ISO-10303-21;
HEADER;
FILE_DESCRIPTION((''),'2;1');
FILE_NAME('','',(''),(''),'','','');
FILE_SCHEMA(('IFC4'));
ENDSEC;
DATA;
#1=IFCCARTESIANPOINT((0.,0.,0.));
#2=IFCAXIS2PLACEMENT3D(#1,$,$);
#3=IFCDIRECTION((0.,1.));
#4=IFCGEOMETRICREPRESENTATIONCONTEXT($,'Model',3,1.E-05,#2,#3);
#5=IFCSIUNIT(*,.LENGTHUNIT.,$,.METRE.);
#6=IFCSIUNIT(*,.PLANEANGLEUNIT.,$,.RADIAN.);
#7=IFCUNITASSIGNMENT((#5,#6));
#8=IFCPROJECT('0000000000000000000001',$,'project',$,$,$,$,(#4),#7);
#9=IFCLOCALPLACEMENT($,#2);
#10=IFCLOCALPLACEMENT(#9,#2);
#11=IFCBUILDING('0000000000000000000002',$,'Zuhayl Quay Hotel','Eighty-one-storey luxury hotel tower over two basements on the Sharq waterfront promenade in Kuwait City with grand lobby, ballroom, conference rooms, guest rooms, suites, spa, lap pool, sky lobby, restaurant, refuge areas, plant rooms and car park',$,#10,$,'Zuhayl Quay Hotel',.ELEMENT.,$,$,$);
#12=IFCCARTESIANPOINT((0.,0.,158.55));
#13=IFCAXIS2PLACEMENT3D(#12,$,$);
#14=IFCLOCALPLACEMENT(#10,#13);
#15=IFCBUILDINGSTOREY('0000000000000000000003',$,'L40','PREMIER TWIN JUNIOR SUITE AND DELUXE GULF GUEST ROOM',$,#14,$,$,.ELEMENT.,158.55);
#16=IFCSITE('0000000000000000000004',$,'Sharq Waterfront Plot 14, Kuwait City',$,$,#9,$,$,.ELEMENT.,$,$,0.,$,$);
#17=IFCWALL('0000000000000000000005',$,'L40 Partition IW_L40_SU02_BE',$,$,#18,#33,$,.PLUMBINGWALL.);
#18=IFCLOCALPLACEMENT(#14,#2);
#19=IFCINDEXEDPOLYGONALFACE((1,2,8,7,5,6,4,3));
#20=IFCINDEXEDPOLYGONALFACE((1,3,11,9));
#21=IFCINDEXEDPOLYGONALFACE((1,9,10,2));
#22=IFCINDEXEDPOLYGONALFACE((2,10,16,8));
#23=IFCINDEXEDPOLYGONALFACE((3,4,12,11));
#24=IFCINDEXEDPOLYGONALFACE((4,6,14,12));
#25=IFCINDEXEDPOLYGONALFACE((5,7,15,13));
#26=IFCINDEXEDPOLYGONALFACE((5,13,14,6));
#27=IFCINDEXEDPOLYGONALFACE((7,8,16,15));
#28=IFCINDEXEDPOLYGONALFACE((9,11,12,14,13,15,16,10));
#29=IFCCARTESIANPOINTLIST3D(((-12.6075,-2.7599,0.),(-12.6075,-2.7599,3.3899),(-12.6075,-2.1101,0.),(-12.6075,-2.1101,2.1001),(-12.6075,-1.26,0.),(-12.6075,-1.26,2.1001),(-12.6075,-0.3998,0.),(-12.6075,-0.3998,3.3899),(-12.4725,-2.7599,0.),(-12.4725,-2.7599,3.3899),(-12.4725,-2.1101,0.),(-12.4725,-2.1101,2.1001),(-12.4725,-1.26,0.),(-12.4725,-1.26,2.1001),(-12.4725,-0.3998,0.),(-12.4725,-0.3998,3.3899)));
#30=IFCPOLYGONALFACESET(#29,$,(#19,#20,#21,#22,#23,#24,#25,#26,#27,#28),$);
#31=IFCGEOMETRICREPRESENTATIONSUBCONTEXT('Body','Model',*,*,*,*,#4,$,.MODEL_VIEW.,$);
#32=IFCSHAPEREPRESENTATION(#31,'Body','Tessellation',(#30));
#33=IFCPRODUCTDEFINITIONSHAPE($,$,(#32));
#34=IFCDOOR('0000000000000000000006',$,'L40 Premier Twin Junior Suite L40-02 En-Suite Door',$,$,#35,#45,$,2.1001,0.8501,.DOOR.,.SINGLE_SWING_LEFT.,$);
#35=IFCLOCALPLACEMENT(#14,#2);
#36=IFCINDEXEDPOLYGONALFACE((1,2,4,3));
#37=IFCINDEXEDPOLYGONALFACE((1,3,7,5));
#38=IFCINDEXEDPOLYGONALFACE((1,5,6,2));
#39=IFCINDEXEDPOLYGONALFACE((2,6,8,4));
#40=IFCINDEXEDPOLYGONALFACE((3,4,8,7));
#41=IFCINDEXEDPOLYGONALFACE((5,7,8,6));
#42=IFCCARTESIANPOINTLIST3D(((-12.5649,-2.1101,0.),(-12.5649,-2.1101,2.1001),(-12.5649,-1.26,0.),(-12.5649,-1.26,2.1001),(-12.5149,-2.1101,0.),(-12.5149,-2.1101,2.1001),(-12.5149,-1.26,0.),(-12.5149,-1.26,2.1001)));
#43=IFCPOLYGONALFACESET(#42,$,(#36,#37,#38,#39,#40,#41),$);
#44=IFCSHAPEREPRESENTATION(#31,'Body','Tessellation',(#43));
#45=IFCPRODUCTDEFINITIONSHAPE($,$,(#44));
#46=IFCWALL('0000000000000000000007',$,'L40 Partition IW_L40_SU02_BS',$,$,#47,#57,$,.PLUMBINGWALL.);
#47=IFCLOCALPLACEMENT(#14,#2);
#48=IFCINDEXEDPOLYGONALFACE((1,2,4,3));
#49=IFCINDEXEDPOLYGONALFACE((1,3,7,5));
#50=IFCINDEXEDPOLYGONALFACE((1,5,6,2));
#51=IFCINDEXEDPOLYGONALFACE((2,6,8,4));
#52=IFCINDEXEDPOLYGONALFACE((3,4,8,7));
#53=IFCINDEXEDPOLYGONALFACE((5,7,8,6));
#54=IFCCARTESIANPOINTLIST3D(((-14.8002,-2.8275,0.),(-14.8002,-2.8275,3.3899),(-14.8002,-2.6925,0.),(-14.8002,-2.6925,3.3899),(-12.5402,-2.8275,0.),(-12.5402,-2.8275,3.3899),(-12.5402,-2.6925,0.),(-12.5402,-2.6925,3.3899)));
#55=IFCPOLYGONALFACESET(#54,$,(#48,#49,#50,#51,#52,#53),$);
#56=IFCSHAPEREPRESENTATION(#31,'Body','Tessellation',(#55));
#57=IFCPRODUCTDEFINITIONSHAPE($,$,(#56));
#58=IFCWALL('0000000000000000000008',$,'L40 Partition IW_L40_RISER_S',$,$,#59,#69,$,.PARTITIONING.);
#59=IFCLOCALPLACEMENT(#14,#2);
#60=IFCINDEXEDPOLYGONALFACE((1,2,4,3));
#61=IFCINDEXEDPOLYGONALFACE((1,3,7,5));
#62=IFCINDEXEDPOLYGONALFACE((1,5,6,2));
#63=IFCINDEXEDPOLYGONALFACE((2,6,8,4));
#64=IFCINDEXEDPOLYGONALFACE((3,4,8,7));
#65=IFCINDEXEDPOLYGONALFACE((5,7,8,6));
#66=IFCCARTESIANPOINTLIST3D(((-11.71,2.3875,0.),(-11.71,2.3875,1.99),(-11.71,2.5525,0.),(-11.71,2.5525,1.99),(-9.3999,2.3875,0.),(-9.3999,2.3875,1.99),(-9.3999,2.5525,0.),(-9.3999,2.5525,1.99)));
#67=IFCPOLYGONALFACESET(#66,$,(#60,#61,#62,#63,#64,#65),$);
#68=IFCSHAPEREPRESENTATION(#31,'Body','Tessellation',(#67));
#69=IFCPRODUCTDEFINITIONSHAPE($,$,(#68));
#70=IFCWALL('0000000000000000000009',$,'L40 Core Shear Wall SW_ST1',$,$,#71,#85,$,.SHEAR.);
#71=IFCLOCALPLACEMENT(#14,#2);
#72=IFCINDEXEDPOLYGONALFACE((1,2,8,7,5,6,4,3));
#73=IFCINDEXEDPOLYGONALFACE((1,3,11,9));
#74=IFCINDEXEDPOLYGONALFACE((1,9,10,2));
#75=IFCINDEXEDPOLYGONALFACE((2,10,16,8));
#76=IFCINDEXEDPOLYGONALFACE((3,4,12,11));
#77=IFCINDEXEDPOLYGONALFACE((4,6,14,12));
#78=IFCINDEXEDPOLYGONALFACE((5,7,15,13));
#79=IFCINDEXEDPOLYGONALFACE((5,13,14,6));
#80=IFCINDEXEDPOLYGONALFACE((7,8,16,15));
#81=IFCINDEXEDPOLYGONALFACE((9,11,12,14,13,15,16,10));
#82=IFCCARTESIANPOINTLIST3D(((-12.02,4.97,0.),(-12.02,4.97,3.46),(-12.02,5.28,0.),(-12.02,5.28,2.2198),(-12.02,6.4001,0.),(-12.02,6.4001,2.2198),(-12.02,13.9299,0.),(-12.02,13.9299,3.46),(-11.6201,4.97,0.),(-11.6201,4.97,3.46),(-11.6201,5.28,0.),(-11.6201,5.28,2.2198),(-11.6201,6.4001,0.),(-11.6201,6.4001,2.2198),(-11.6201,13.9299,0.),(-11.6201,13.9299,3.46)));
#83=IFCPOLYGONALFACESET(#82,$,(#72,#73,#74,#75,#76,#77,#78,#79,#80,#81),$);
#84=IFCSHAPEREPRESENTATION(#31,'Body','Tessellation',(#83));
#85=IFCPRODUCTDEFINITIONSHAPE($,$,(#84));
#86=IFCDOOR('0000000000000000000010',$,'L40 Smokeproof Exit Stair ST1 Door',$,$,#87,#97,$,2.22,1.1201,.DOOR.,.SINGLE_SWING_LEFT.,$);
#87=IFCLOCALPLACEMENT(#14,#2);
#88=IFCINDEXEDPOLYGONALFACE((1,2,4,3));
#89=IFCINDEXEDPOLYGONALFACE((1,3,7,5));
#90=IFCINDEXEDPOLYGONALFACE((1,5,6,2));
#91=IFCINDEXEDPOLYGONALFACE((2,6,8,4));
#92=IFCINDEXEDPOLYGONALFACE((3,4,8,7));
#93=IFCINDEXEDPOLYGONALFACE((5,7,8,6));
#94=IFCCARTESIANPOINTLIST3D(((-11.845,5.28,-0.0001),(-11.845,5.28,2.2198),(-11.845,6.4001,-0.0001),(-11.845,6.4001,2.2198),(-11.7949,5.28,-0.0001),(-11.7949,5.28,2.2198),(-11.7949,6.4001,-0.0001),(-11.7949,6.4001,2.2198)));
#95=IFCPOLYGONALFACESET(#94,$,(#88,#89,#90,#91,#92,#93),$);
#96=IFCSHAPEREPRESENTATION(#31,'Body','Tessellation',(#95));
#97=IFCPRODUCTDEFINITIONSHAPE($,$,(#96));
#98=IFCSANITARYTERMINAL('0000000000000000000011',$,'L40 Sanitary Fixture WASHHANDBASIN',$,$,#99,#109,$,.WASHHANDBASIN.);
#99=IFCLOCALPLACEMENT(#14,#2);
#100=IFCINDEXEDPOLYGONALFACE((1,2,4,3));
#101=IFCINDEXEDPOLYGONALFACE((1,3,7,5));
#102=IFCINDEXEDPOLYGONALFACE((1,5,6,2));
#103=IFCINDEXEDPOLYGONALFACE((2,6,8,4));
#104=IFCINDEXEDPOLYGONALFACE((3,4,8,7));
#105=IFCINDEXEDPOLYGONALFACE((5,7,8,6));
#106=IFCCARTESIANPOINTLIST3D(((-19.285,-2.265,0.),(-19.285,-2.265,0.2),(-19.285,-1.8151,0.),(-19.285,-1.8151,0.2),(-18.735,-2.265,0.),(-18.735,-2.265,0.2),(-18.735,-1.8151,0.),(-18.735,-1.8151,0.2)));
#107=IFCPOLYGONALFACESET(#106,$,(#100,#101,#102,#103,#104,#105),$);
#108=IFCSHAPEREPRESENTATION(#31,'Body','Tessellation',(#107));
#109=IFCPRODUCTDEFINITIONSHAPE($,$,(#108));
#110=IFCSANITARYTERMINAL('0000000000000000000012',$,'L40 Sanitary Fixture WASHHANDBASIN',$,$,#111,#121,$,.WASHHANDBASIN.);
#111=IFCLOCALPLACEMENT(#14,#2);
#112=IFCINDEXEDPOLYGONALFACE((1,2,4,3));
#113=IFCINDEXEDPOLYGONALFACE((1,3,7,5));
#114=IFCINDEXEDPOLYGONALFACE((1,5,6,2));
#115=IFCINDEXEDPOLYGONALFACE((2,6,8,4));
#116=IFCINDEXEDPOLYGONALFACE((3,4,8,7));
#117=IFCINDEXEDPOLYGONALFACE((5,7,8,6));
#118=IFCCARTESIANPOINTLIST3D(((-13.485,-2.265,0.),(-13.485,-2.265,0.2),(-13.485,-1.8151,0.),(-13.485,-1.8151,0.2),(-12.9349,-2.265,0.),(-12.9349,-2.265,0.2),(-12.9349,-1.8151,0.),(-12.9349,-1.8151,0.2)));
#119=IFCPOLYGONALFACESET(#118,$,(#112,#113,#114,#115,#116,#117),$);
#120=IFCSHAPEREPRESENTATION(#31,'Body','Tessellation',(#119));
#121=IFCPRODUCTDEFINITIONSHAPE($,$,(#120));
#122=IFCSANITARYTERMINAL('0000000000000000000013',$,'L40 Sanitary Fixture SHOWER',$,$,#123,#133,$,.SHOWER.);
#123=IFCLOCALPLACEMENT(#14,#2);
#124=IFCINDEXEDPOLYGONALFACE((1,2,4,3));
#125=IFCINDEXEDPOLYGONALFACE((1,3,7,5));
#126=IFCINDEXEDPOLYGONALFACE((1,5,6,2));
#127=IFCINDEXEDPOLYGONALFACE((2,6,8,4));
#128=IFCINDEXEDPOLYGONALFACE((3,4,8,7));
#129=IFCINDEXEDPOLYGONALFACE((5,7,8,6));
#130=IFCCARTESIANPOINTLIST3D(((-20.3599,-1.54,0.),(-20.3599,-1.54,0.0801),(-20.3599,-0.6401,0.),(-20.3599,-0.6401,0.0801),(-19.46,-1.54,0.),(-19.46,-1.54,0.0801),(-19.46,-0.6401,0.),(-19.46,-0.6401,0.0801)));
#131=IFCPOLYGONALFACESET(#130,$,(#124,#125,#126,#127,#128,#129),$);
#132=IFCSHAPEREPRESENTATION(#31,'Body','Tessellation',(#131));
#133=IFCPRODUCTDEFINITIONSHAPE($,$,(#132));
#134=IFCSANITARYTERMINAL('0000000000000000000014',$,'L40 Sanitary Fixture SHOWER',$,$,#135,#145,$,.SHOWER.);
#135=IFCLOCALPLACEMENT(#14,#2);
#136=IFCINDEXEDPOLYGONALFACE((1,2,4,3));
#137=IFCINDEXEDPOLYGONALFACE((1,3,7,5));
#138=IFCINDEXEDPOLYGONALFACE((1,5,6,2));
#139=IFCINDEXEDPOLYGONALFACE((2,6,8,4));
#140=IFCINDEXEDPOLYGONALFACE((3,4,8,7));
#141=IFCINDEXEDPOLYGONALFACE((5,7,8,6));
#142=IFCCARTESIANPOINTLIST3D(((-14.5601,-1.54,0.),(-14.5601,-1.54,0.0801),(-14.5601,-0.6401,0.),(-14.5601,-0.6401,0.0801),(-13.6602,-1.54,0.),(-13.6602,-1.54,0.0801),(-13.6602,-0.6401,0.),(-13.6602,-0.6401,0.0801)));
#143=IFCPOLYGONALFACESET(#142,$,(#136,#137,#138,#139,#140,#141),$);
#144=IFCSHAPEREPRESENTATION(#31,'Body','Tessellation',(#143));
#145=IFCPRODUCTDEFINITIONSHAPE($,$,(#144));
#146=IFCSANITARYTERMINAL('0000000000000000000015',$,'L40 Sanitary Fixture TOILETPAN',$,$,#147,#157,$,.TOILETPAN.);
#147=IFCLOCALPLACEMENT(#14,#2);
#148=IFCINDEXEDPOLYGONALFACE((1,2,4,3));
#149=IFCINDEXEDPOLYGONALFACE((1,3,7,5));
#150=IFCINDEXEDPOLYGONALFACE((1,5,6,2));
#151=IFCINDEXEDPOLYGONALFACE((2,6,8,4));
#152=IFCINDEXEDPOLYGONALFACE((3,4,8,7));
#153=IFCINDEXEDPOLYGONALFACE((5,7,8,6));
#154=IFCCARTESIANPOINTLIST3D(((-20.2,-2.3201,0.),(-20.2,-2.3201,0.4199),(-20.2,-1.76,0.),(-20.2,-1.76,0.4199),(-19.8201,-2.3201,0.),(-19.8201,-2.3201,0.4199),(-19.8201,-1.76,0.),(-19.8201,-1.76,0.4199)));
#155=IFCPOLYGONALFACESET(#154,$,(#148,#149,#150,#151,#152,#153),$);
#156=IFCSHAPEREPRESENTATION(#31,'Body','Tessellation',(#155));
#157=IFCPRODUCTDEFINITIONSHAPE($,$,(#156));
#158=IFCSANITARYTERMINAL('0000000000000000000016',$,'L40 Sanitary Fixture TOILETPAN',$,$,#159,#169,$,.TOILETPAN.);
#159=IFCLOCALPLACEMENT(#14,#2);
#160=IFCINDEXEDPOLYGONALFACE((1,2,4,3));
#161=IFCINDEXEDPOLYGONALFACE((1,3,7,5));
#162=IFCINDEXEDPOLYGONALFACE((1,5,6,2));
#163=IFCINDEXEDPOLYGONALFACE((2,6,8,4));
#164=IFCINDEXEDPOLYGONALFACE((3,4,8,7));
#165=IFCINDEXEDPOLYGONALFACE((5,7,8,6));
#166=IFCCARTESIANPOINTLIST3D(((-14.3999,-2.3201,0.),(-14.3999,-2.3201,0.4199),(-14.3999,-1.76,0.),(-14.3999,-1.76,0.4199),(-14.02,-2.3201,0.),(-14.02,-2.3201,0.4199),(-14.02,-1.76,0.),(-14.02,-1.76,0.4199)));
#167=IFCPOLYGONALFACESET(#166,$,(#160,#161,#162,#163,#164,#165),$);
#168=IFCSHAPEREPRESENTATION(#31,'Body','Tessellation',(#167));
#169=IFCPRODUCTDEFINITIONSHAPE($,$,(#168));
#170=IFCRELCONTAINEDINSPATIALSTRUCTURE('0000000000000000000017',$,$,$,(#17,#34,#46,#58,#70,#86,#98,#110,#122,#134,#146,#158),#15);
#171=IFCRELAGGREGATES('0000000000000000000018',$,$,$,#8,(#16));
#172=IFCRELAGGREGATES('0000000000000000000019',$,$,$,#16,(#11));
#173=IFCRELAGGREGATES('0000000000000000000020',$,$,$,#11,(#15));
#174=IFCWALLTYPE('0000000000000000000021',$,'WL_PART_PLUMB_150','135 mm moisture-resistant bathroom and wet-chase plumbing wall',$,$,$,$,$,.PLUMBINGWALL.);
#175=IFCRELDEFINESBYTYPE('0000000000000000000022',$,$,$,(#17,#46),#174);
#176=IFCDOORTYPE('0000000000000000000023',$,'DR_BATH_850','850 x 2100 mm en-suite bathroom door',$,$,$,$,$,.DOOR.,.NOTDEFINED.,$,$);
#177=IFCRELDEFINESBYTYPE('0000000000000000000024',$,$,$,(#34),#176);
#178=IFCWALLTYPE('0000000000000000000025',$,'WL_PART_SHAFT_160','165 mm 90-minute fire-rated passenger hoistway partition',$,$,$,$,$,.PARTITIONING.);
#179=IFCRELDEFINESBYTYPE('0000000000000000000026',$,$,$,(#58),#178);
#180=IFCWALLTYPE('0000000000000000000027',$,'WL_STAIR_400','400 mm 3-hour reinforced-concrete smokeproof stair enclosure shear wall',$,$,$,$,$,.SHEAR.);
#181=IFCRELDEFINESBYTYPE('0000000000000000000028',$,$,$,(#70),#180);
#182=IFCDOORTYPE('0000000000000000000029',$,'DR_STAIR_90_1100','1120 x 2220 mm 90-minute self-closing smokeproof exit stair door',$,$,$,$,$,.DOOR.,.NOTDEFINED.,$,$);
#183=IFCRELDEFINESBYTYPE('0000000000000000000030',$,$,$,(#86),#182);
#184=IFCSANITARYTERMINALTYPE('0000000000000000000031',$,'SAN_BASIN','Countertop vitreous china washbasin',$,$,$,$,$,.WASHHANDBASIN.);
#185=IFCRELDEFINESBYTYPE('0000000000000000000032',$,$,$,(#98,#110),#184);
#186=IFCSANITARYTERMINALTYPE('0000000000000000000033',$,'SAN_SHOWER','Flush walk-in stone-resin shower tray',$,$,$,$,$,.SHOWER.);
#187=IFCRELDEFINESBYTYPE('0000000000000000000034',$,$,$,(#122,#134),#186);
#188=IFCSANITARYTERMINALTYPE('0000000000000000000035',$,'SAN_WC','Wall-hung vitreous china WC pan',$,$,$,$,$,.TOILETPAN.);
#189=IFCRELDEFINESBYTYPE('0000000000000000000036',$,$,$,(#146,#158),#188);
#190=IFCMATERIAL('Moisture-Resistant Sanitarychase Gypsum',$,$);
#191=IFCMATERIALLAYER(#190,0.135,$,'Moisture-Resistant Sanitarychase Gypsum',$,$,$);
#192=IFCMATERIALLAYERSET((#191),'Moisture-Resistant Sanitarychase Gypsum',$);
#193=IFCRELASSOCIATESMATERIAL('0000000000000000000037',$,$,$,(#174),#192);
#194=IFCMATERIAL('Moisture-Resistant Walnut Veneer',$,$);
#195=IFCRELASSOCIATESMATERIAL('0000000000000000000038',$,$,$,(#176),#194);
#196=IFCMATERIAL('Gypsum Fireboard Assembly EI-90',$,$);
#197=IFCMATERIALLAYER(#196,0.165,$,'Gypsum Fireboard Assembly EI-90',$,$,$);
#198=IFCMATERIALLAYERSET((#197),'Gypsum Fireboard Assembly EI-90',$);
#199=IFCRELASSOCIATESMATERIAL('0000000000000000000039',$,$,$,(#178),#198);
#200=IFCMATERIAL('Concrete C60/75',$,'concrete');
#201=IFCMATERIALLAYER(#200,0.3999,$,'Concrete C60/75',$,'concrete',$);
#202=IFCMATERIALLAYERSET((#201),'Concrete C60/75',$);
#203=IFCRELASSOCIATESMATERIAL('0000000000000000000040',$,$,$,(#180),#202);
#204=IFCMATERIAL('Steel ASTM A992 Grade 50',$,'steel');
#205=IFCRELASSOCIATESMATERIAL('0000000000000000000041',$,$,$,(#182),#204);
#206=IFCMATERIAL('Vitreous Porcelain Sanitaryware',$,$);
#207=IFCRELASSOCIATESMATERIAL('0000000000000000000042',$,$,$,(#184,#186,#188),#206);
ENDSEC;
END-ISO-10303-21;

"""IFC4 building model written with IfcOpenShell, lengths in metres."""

from ifc_helpers import new_model, si_unit, direction, frame, frame_2d, origin, origin_2d, place, context, subcontext, project, spatial, rectangle, extrude, material, layer, layer_set, type_object, element, fill, save


model = new_model("IFC4")

# Units and contexts
model_context = context("Model", 3, precision=1e-05, world=origin(), true_north=direction((0.0, 1.0)))
body_context = subcontext(model_context, "Body", "Model", "MODEL_VIEW")
ifc_project = project(units=[si_unit("LENGTHUNIT", "METRE"), si_unit("PLANEANGLEUNIT", "RADIAN")], contexts=[model_context])

# Site, building, storey
site_placement = place(None, origin())
site = spatial("IfcSite", under=ifc_project, at=site_placement, Name="Sharq Waterfront Plot 14, Kuwait City", CompositionType="ELEMENT", RefElevation=0.0)
building_placement = place(site_placement, origin())
building = spatial("IfcBuilding", under=site, at=building_placement, Name="Zuhayl Quay Hotel", Description="Eighty-one-storey luxury hotel tower over two basements on the Sharq waterfront promenade in Kuwait City with grand lobby, ballroom, conference rooms, guest rooms, suites, spa, lap pool, sky lobby, restaurant, refuge areas, plant rooms and car park", LongName="Zuhayl Quay Hotel", CompositionType="ELEMENT")
storey_placement = place(building_placement, frame((0.0, 0.0, 158.55)))
storey = spatial("IfcBuildingStorey", under=building, at=storey_placement, Name="L40", Description="PREMIER TWIN JUNIOR SUITE AND DELUXE GULF GUEST ROOM", CompositionType="ELEMENT", Elevation=158.55)

# Shared definitions
ifc_material_1 = material(Name="Steel ASTM A992 Grade 50", Category="steel")

# Shared definitions
ifc_material_2 = material(Name="Concrete C60/75", Category="concrete")

# Wall, opening, door
ifc_material_3 = material(Name="Moisture-Resistant Sanitarychase Gypsum")
ifc_layer_1 = layer(ifc_material_3, 0.135, Name="Moisture-Resistant Sanitarychase Gypsum")
ifc_layer_set_1 = layer_set([ifc_layer_1], Name="Moisture-Resistant Sanitarychase Gypsum")
wall_type_1 = type_object("IfcWallType", Name="WL_PART_PLUMB_150", Description="135 mm moisture-resistant bathroom and wet-chase plumbing wall", PredefinedType="PLUMBINGWALL", material=ifc_layer_set_1)
wall_1_placement = place(storey_placement, frame((-12.54, -2.76, 0.0), z_axis=(0.0, 0.0, 1.0), x_axis=(0.0, 1.0, 0.0)))
wall_1 = element("IfcWall", 1, at=wall_1_placement, inside=storey, type_object=wall_type_1, Name="L40 Partition IW_L40_SU02_BE", PredefinedType="PLUMBINGWALL", context=body_context, shape_type="SweptSolid", body=[
    extrude(rectangle(XDim=2.3601, YDim=0.135, at=frame_2d((1.1802, 0.0))), origin(), (0.0, 0.0, 1.0), 3.3899),
])
opening_1_placement = place(wall_1_placement, frame((0.6499, 0.0, 0.0)))
opening_1 = element("IfcOpeningElement", 2, at=opening_1_placement, cuts=wall_1, PredefinedType="OPENING", context=body_context, shape_type="SweptSolid", body=[
    extrude(rectangle(XDim=0.8501, YDim=2.1001, at=frame_2d((0.425, 1.05))), frame((0.0, 0.0774, 0.0), z_axis=(0.0, -1.0, 0.0), x_axis=(1.0, 0.0, 0.0)), (0.0, 0.0, 1.0), 0.155),
])
ifc_material_4 = material(Name="Moisture-Resistant Walnut Veneer")
door_type_1 = type_object("IfcDoorType", Name="DR_BATH_850", Description="850 x 2100 mm en-suite bathroom door", OperationType="NOTDEFINED", PredefinedType="DOOR", material=ifc_material_4)
door_1_placement = place(opening_1_placement, origin())
door_1 = element("IfcDoor", 3, at=door_1_placement, inside=storey, type_object=door_type_1, Name="L40 Premier Twin Junior Suite L40-02 En-Suite Door", OperationType="SINGLE_SWING_LEFT", OverallHeight=2.1001, OverallWidth=0.8501, PredefinedType="DOOR", context=body_context, shape_type="SweptSolid", body=[
    extrude(rectangle(XDim=0.8501, YDim=2.1001, at=frame_2d((0.425, 1.05))), frame((0.0, 0.0249, 0.0), z_axis=(0.0, -1.0, 0.0), x_axis=(1.0, 0.0, 0.0)), (0.0, 0.0, 1.0), 0.05),
])
fill(opening_1, door_1)

# Walls
wall_2_placement = place(storey_placement, frame((-14.8, -2.76, 0.0), z_axis=(0.0, 0.0, 1.0), x_axis=(1.0, 0.0, 0.0)))
element("IfcWall", 4, at=wall_2_placement, inside=storey, type_object=wall_type_1, Name="L40 Partition IW_L40_SU02_BS", PredefinedType="PLUMBINGWALL", context=body_context, shape_type="SweptSolid", body=[
    extrude(rectangle(XDim=2.26, YDim=0.135, at=frame_2d((1.1299, 0.0))), origin(), (0.0, 0.0, 1.0), 3.3899),
])
ifc_material_5 = material(Name="Gypsum Fireboard Assembly EI-90")
ifc_layer_2 = layer(ifc_material_5, 0.165, Name="Gypsum Fireboard Assembly EI-90")
ifc_layer_set_2 = layer_set([ifc_layer_2], Name="Gypsum Fireboard Assembly EI-90")
wall_type_2 = type_object("IfcWallType", Name="WL_PART_SHAFT_160", Description="165 mm 90-minute fire-rated passenger hoistway partition", PredefinedType="PARTITIONING", material=ifc_layer_set_2)
wall_3_placement = place(storey_placement, frame((-11.71, 2.47, 0.0), z_axis=(0.0, 0.0, 1.0), x_axis=(1.0, 0.0, 0.0)))
element("IfcWall", 5, at=wall_3_placement, inside=storey, type_object=wall_type_2, Name="L40 Partition IW_L40_RISER_S", PredefinedType="PARTITIONING", context=body_context, shape_type="SweptSolid", body=[
    extrude(rectangle(XDim=2.3101, YDim=0.165, at=frame_2d((1.155, 0.0))), origin(), (0.0, 0.0, 1.0), 1.99),
])

# Wall, opening, door
ifc_layer_3 = layer(ifc_material_2, 0.3999, Name="Concrete C60/75", Category="concrete")
ifc_layer_set_3 = layer_set([ifc_layer_3], Name="Concrete C60/75")
wall_type_3 = type_object("IfcWallType", Name="WL_STAIR_400", Description="400 mm 3-hour reinforced-concrete smokeproof stair enclosure shear wall", PredefinedType="SHEAR", material=ifc_layer_set_3)
wall_4_placement = place(storey_placement, frame((-11.8201, 4.97, 0.0), z_axis=(0.0, 0.0, 1.0), x_axis=(0.0, 1.0, 0.0)))
wall_4 = element("IfcWall", 6, at=wall_4_placement, inside=storey, type_object=wall_type_3, Name="L40 Core Shear Wall SW_ST1", PredefinedType="SHEAR", context=body_context, shape_type="SweptSolid", body=[
    extrude(rectangle(XDim=8.96, YDim=0.3999, at=frame_2d((4.48, 0.0))), origin(), (0.0, 0.0, 1.0), 3.46),
])
opening_2_placement = place(wall_4_placement, frame((0.3101, 0.0, 0.0)))
opening_2 = element("IfcOpeningElement", 7, at=opening_2_placement, cuts=wall_4, PredefinedType="OPENING", context=body_context, shape_type="SweptSolid", body=[
    extrude(rectangle(XDim=1.1201, YDim=2.22, at=frame_2d((0.5601, 1.1099))), frame((0.0, 0.21, 0.0), z_axis=(0.0, -1.0, 0.0), x_axis=(1.0, 0.0, 0.0)), (0.0, 0.0, 1.0), 0.4199),
])
door_type_2 = type_object("IfcDoorType", Name="DR_STAIR_90_1100", Description="1120 x 2220 mm 90-minute self-closing smokeproof exit stair door", OperationType="NOTDEFINED", PredefinedType="DOOR", material=ifc_material_1)
door_2_placement = place(opening_2_placement, origin())
door_2 = element("IfcDoor", 8, at=door_2_placement, inside=storey, type_object=door_type_2, Name="L40 Smokeproof Exit Stair ST1 Door", OperationType="SINGLE_SWING_LEFT", OverallHeight=2.22, OverallWidth=1.1201, PredefinedType="DOOR", context=body_context, shape_type="SweptSolid", body=[
    extrude(rectangle(XDim=1.1201, YDim=2.22, at=frame_2d((0.5601, 1.1099))), frame((0.0, 0.0249, 0.0), z_axis=(0.0, -1.0, 0.0), x_axis=(1.0, 0.0, 0.0)), (0.0, 0.0, 1.0), 0.05),
])
fill(opening_2, door_2)

# Sanitary terminals
ifc_material_6 = material(Name="Vitreous Porcelain Sanitaryware")
sanitary_terminal_type_1 = type_object("IfcSanitaryTerminalType", Name="SAN_BASIN", Description="Countertop vitreous china washbasin", PredefinedType="WASHHANDBASIN", material=ifc_material_6)
for number, where, z_axis, x_axis, name in (
    (9, (-19.01, -2.04, 0.0), (0.0, 0.0, 1.0), (1.0, 0.0, 0.0), "L40 Sanitary Fixture WASHHANDBASIN"),
    (10, (-13.21, -2.04, 0.0), (0.0, 0.0, 1.0), (1.0, 0.0, 0.0), "L40 Sanitary Fixture WASHHANDBASIN"),
):
    element("IfcSanitaryTerminal", number, at=place(storey_placement, frame(where, z_axis=z_axis, x_axis=x_axis)), inside=storey, type_object=sanitary_terminal_type_1, Name=name, PredefinedType="WASHHANDBASIN", context=body_context, shape_type="SweptSolid", body=[
        extrude(rectangle(XDim=0.55, YDim=0.45, at=origin_2d()), origin(), (0.0, 0.0, 1.0), 0.2),
    ])
sanitary_terminal_type_2 = type_object("IfcSanitaryTerminalType", Name="SAN_SHOWER", Description="Flush walk-in stone-resin shower tray", PredefinedType="SHOWER", material=ifc_material_6)
for number, where, z_axis, x_axis, name in (
    (11, (-19.9099, -1.0901, 0.0), (0.0, 0.0, 1.0), (1.0, 0.0, 0.0), "L40 Sanitary Fixture SHOWER"),
    (12, (-14.1101, -1.0901, 0.0), (0.0, 0.0, 1.0), (1.0, 0.0, 0.0), "L40 Sanitary Fixture SHOWER"),
):
    element("IfcSanitaryTerminal", number, at=place(storey_placement, frame(where, z_axis=z_axis, x_axis=x_axis)), inside=storey, type_object=sanitary_terminal_type_2, Name=name, PredefinedType="SHOWER", context=body_context, shape_type="SweptSolid", body=[
        extrude(rectangle(XDim=0.8999, YDim=0.8999, at=origin_2d()), origin(), (0.0, 0.0, 1.0), 0.0801),
    ])
sanitary_terminal_type_3 = type_object("IfcSanitaryTerminalType", Name="SAN_WC", Description="Wall-hung vitreous china WC pan", PredefinedType="TOILETPAN", material=ifc_material_6)
for number, where, z_axis, x_axis, name in (
    (13, (-20.01, -2.04, 0.0), (0.0, 0.0, 1.0), (1.0, 0.0, 0.0), "L40 Sanitary Fixture TOILETPAN"),
    (14, (-14.21, -2.04, 0.0), (0.0, 0.0, 1.0), (1.0, 0.0, 0.0), "L40 Sanitary Fixture TOILETPAN"),
):
    element("IfcSanitaryTerminal", number, at=place(storey_placement, frame(where, z_axis=z_axis, x_axis=x_axis)), inside=storey, type_object=sanitary_terminal_type_3, Name=name, PredefinedType="TOILETPAN", context=body_context, shape_type="SweptSolid", body=[
        extrude(rectangle(XDim=0.3799, YDim=0.5601, at=origin_2d()), origin(), (0.0, 0.0, 1.0), 0.4199),
    ])

save(model, "model.ifc")
